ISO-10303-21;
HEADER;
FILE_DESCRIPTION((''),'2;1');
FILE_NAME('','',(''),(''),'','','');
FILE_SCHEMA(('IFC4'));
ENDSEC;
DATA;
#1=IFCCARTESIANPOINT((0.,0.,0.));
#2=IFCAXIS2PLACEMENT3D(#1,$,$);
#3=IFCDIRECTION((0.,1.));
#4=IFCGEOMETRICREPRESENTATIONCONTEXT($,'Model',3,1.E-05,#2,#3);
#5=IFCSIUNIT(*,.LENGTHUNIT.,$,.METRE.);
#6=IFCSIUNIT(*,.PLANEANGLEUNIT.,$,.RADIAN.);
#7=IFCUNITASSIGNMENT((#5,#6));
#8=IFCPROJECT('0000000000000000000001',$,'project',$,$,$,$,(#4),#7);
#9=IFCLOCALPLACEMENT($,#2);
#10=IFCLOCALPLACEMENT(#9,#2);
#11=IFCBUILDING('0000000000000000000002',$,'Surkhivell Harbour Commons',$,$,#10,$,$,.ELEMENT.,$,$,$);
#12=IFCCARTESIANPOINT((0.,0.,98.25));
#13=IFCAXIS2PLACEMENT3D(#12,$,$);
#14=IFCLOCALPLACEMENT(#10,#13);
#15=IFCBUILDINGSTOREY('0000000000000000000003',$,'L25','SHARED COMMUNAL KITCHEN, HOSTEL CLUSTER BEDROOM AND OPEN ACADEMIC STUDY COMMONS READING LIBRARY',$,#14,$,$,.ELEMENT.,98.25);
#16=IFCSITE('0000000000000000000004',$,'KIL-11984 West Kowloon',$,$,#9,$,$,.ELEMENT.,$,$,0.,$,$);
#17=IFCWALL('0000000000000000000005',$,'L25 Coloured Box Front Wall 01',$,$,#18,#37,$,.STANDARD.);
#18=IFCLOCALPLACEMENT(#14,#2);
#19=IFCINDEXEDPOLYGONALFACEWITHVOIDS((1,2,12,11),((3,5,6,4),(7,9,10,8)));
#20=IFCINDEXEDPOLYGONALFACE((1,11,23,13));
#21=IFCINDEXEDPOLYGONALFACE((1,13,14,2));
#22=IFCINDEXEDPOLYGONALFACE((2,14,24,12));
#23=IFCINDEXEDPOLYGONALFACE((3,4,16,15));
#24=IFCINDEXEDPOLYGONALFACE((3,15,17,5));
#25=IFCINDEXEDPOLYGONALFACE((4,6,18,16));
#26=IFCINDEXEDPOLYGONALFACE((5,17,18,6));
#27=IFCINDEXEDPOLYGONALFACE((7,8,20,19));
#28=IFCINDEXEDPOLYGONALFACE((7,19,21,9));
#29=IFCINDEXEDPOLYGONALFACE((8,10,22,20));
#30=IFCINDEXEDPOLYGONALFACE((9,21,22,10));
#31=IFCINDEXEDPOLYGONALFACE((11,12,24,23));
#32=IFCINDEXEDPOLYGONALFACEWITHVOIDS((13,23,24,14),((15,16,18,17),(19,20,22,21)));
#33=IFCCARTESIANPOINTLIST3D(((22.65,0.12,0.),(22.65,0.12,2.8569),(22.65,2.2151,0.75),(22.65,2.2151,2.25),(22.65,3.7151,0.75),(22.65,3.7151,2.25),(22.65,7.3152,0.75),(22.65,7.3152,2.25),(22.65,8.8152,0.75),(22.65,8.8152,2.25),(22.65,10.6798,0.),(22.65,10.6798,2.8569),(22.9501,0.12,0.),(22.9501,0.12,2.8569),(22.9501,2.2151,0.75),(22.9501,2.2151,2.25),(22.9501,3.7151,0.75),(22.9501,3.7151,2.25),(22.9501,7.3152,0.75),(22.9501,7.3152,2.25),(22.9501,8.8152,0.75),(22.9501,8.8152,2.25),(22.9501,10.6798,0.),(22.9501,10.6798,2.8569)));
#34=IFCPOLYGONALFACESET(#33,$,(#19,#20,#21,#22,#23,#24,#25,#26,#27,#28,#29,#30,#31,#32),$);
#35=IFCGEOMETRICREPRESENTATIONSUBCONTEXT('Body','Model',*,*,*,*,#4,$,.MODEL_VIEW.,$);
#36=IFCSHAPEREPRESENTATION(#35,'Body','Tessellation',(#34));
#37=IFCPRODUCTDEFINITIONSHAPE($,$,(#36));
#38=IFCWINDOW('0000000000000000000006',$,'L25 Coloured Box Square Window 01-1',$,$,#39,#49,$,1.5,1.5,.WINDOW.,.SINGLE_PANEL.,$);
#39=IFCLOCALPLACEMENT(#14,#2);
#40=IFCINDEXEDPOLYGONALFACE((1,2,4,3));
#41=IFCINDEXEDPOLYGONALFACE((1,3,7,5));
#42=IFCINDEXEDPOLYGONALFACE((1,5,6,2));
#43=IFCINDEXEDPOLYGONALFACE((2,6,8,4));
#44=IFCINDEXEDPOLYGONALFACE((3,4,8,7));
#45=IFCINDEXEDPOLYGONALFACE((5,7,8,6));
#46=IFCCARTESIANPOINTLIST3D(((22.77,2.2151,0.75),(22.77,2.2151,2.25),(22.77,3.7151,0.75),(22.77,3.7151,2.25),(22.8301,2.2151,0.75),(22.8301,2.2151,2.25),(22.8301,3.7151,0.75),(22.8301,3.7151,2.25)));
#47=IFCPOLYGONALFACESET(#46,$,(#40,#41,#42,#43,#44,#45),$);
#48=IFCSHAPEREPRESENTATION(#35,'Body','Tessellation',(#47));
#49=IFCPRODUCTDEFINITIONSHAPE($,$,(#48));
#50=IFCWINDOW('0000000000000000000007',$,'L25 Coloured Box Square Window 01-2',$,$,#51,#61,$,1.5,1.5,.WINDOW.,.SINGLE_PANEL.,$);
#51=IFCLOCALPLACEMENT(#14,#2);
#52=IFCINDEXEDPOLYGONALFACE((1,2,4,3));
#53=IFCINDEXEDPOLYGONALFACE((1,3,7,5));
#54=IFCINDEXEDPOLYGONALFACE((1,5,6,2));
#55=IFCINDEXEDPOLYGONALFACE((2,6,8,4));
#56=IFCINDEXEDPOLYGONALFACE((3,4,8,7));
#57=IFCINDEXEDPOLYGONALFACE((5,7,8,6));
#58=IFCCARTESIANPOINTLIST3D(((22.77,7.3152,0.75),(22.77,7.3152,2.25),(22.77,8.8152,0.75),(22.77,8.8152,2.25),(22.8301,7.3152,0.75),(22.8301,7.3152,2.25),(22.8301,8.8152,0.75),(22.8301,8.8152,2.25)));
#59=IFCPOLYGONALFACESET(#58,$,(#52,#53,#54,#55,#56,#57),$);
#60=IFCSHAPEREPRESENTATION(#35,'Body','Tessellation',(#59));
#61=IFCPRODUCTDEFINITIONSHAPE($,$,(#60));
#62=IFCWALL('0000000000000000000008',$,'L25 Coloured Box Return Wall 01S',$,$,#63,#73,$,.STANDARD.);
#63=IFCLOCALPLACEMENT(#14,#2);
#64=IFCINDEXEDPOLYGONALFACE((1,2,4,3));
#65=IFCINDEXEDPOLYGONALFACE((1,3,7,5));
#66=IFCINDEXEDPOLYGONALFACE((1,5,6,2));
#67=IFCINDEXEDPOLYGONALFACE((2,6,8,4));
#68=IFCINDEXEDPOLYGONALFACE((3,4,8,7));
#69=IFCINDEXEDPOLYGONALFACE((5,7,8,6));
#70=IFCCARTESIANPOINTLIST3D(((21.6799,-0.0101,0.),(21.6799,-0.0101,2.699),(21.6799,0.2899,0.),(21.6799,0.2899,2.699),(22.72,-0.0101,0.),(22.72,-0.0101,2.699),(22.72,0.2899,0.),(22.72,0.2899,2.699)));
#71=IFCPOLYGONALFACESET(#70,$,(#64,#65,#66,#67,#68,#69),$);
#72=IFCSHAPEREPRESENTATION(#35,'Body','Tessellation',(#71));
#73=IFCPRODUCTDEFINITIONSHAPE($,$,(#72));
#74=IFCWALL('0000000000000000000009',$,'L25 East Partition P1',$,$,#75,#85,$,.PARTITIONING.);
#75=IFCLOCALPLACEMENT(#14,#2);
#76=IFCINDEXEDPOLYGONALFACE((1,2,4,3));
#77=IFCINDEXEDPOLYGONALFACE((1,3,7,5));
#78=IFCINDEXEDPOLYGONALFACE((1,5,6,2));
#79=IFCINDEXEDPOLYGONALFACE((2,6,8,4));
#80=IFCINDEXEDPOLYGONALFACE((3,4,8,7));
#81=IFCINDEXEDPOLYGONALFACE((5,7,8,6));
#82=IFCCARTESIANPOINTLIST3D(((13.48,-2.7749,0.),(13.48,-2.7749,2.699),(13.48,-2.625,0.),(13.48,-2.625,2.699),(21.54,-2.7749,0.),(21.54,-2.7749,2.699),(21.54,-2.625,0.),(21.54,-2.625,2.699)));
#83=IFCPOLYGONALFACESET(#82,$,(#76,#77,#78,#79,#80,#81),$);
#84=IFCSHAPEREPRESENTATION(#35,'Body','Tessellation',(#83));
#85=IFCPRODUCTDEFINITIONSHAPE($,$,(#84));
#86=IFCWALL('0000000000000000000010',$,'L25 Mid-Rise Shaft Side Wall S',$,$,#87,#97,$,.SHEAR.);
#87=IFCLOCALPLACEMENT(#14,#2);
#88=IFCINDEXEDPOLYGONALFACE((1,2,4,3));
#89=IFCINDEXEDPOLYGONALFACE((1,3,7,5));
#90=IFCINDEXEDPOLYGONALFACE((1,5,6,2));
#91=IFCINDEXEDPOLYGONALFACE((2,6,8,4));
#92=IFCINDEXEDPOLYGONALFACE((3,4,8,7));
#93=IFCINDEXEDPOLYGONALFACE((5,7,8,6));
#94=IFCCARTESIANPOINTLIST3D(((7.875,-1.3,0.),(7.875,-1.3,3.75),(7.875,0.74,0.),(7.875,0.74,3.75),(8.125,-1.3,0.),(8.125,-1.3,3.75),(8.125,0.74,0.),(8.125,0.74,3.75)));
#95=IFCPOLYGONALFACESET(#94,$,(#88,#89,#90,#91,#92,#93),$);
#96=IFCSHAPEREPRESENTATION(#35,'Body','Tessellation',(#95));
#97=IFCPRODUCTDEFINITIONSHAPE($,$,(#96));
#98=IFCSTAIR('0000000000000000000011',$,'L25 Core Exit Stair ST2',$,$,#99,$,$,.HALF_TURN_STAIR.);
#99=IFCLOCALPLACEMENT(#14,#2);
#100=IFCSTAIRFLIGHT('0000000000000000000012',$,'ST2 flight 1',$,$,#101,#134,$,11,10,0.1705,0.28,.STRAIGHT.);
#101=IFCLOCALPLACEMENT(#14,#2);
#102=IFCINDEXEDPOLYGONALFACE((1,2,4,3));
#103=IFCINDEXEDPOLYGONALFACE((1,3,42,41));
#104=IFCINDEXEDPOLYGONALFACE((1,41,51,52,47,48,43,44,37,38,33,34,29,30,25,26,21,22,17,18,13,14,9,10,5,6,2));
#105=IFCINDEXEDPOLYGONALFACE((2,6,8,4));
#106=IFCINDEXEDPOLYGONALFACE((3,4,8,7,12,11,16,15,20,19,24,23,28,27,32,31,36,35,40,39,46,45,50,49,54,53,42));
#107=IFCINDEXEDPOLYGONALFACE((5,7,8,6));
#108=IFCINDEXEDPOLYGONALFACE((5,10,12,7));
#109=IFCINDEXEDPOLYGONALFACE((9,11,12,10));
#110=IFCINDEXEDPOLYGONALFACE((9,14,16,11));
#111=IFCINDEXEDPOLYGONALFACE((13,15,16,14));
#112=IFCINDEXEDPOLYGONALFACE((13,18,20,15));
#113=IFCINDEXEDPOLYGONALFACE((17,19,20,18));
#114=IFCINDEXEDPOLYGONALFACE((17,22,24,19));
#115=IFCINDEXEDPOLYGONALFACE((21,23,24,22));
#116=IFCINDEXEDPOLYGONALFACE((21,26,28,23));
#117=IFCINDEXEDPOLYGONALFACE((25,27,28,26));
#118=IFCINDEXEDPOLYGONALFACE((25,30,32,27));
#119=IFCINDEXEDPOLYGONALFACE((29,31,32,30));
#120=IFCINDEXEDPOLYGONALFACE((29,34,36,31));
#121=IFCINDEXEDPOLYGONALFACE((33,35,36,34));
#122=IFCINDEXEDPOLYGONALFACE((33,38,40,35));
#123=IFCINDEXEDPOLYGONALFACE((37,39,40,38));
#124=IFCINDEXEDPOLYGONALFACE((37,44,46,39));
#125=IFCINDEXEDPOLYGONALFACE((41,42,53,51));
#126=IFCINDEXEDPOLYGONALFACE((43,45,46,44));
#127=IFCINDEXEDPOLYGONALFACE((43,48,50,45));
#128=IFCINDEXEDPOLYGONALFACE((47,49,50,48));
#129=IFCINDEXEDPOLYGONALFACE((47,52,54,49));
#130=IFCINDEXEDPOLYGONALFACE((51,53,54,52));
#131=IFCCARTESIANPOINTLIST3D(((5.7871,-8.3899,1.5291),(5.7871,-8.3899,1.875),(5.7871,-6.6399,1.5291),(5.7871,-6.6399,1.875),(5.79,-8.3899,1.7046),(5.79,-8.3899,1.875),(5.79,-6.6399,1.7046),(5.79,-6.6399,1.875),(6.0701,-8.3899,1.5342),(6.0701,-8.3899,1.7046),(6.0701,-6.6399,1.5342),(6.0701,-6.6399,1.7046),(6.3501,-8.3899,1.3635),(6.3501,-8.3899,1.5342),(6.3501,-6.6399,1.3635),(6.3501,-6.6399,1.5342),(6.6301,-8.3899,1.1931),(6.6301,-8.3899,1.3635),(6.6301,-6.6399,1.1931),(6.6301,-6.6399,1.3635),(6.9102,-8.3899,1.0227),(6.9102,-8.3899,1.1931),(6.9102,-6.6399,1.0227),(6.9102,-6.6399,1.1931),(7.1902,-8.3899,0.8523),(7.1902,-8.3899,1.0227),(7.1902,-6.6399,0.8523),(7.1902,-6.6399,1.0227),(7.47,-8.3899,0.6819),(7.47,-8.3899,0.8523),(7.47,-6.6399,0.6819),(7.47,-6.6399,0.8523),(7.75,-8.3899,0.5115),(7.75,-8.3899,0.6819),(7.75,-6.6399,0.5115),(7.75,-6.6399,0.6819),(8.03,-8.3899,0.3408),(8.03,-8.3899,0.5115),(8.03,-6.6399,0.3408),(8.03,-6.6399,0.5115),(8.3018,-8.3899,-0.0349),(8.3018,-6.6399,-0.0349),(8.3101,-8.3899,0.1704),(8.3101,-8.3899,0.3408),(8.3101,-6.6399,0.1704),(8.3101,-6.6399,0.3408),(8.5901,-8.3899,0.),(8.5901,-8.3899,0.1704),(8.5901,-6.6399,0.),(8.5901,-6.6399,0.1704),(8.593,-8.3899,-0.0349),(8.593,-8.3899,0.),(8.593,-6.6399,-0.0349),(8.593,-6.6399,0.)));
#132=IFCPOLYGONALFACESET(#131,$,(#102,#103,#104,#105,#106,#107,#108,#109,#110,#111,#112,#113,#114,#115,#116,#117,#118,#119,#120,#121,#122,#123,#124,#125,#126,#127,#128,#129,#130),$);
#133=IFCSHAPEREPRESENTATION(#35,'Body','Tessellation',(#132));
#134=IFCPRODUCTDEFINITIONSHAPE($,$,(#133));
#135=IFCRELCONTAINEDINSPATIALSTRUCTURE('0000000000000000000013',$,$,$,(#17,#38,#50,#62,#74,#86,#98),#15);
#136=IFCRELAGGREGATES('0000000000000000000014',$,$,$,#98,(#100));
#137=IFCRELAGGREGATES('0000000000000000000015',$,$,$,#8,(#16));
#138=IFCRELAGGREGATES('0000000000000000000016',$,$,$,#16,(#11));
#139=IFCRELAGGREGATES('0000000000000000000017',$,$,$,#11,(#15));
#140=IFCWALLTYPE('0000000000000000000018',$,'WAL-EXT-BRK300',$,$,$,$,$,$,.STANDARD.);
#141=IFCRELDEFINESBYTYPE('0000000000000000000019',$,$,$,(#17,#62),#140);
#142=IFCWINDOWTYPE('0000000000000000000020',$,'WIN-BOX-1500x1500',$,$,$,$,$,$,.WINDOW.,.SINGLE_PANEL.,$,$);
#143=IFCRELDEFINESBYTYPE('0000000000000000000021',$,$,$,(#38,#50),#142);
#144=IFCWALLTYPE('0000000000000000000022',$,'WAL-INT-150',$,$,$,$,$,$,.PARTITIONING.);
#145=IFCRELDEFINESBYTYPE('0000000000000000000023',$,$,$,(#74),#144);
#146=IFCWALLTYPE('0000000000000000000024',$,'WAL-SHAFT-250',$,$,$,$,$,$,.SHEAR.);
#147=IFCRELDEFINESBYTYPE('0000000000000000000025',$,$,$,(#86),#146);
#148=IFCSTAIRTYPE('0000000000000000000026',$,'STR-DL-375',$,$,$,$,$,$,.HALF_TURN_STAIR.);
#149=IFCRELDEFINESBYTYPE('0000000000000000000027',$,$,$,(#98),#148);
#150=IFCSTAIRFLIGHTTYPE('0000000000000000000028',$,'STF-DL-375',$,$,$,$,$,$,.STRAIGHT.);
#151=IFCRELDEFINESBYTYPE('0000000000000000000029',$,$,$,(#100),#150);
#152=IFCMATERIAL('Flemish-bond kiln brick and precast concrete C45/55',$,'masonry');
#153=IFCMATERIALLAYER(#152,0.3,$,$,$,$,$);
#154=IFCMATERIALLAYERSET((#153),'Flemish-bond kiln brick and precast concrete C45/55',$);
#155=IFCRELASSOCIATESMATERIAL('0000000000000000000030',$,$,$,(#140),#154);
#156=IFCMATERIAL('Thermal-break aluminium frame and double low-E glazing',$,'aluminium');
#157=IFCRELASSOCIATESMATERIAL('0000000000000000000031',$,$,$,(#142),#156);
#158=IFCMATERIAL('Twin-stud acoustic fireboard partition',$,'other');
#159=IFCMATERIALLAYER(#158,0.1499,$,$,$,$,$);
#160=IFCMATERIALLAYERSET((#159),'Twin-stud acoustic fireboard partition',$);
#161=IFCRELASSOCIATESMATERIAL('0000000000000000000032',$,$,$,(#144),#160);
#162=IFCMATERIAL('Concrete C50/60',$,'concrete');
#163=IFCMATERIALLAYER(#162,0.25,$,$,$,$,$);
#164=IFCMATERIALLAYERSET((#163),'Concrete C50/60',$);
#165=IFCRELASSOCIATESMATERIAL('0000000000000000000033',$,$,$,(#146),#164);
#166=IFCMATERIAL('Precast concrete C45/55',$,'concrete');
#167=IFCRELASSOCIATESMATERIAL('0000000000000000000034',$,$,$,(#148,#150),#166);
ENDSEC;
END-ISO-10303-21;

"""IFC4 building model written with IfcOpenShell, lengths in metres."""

from ifc_helpers import new_model, si_unit, direction, frame, frame_2d, origin, place, context, subcontext, project, spatial, polyline, rectangle, outline, extrude, material, layer, layer_set, type_object, element, fill, aggregate, save


model = new_model("IFC4")

# Units and contexts
model_context = context("Model", 3, precision=1e-05, world=origin(), true_north=direction((0.0, 1.0)))
body_context = subcontext(model_context, "Body", "Model", "MODEL_VIEW")
ifc_project = project(units=[si_unit("LENGTHUNIT", "METRE"), si_unit("PLANEANGLEUNIT", "RADIAN")], contexts=[model_context])

# Site, building, storey
site_placement = place(None, origin())
site = spatial("IfcSite", under=ifc_project, at=site_placement, Name="KIL-11984 West Kowloon", CompositionType="ELEMENT", RefElevation=0.0)
building_placement = place(site_placement, origin())
building = spatial("IfcBuilding", under=site, at=building_placement, Name="Surkhivell Harbour Commons", CompositionType="ELEMENT")
storey_placement = place(building_placement, frame((0.0, 0.0, 98.25)))
storey = spatial("IfcBuildingStorey", under=building, at=storey_placement, Name="L25", Description="SHARED COMMUNAL KITCHEN, HOSTEL CLUSTER BEDROOM AND OPEN ACADEMIC STUDY COMMONS READING LIBRARY", CompositionType="ELEMENT", Elevation=98.25)

# Wall, openings, windows
ifc_material_1 = material(Name="Flemish-bond kiln brick and precast concrete C45/55", Category="masonry")
ifc_layer_1 = layer(ifc_material_1, 0.3)
ifc_layer_set_1 = layer_set([ifc_layer_1], Name="Flemish-bond kiln brick and precast concrete C45/55")
wall_type_1 = type_object("IfcWallType", Name="WAL-EXT-BRK300", PredefinedType="STANDARD", material=ifc_layer_set_1)
wall_1_placement = place(storey_placement, frame((22.8, 0.1201, 0.0), z_axis=(0.0, 0.0, 1.0), x_axis=(0.0, 1.0, 0.0)))
wall_1 = element("IfcWall", 1, at=wall_1_placement, inside=storey, type_object=wall_type_1, Name="L25 Coloured Box Front Wall 01", PredefinedType="STANDARD", context=body_context, shape_type="SweptSolid", body=[
    extrude(rectangle(XDim=10.5598, YDim=0.3, at=frame_2d((5.2798, 0.0))), origin(), (0.0, 0.0, 1.0), 2.8569),
])
opening_1_placement = place(wall_1_placement, frame((2.095, 0.0, 0.75)))
opening_1 = element("IfcOpeningElement", 2, at=opening_1_placement, cuts=wall_1, PredefinedType="OPENING", context=body_context, shape_type="SweptSolid", body=[
    extrude(rectangle(XDim=1.5, YDim=1.5, at=frame_2d((0.75, 0.75))), frame((0.0, 0.1599, 0.0), z_axis=(0.0, -1.0, 0.0), x_axis=(1.0, 0.0, 0.0)), (0.0, 0.0, 1.0), 0.3201),
])
opening_2_placement = place(wall_1_placement, frame((7.1951, 0.0, 0.75)))
opening_2 = element("IfcOpeningElement", 3, at=opening_2_placement, cuts=wall_1, PredefinedType="OPENING", context=body_context, shape_type="SweptSolid", body=[
    extrude(rectangle(XDim=1.5, YDim=1.5, at=frame_2d((0.75, 0.75))), frame((0.0, 0.1599, 0.0), z_axis=(0.0, -1.0, 0.0), x_axis=(1.0, 0.0, 0.0)), (0.0, 0.0, 1.0), 0.3201),
])
ifc_material_2 = material(Name="Thermal-break aluminium frame and double low-E glazing", Category="aluminium")
window_type = type_object("IfcWindowType", Name="WIN-BOX-1500x1500", PartitioningType="SINGLE_PANEL", PredefinedType="WINDOW", material=ifc_material_2)
window_1_placement = place(opening_1_placement, origin())
window_1 = element("IfcWindow", 4, at=window_1_placement, inside=storey, type_object=window_type, Name="L25 Coloured Box Square Window 01-1", OverallHeight=1.5, OverallWidth=1.5, PartitioningType="SINGLE_PANEL", PredefinedType="WINDOW", context=body_context, shape_type="SweptSolid", body=[
    extrude(rectangle(XDim=1.5, YDim=1.5, at=frame_2d((0.75, 0.75))), frame((0.0, 0.03, 0.0), z_axis=(0.0, -1.0, 0.0), x_axis=(1.0, 0.0, 0.0)), (0.0, 0.0, 1.0), 0.0601),
])
fill(opening_1, window_1)
window_2_placement = place(opening_2_placement, origin())
window_2 = element("IfcWindow", 5, at=window_2_placement, inside=storey, type_object=window_type, Name="L25 Coloured Box Square Window 01-2", OverallHeight=1.5, OverallWidth=1.5, PartitioningType="SINGLE_PANEL", PredefinedType="WINDOW", context=body_context, shape_type="SweptSolid", body=[
    extrude(rectangle(XDim=1.5, YDim=1.5, at=frame_2d((0.75, 0.75))), frame((0.0, 0.03, 0.0), z_axis=(0.0, -1.0, 0.0), x_axis=(1.0, 0.0, 0.0)), (0.0, 0.0, 1.0), 0.0601),
])
fill(opening_2, window_2)

# Walls
wall_2_placement = place(storey_placement, frame((21.6799, 0.1399, 0.0), z_axis=(0.0, 0.0, 1.0), x_axis=(1.0, 0.0, 0.0)))
element("IfcWall", 6, at=wall_2_placement, inside=storey, type_object=wall_type_1, Name="L25 Coloured Box Return Wall 01S", PredefinedType="STANDARD", context=body_context, shape_type="SweptSolid", body=[
    extrude(rectangle(XDim=1.04, YDim=0.3, at=frame_2d((0.52, 0.0))), origin(), (0.0, 0.0, 1.0), 2.699),
])
ifc_material_3 = material(Name="Twin-stud acoustic fireboard partition", Category="other")
ifc_layer_2 = layer(ifc_material_3, 0.1499)
ifc_layer_set_2 = layer_set([ifc_layer_2], Name="Twin-stud acoustic fireboard partition")
wall_type_2 = type_object("IfcWallType", Name="WAL-INT-150", PredefinedType="PARTITIONING", material=ifc_layer_set_2)
wall_3_placement = place(storey_placement, frame((13.48, -2.7, 0.0), z_axis=(0.0, 0.0, 1.0), x_axis=(1.0, 0.0, 0.0)))
element("IfcWall", 7, at=wall_3_placement, inside=storey, type_object=wall_type_2, Name="L25 East Partition P1", PredefinedType="PARTITIONING", context=body_context, shape_type="SweptSolid", body=[
    extrude(rectangle(XDim=8.0601, YDim=0.1499, at=frame_2d((4.03, 0.0))), origin(), (0.0, 0.0, 1.0), 2.699),
])
ifc_material_4 = material(Name="Concrete C50/60", Category="concrete")
ifc_layer_3 = layer(ifc_material_4, 0.25)
ifc_layer_set_3 = layer_set([ifc_layer_3], Name="Concrete C50/60")
wall_type_3 = type_object("IfcWallType", Name="WAL-SHAFT-250", PredefinedType="SHEAR", material=ifc_layer_set_3)
wall_4_placement = place(storey_placement, frame((8.0, -1.3, 0.0), z_axis=(0.0, 0.0, 1.0), x_axis=(0.0, 1.0, 0.0)))
element("IfcWall", 8, at=wall_4_placement, inside=storey, type_object=wall_type_3, Name="L25 Mid-Rise Shaft Side Wall S", PredefinedType="SHEAR", context=body_context, shape_type="SweptSolid", body=[
    extrude(rectangle(XDim=2.04, YDim=0.25, at=frame_2d((1.02, 0.0))), origin(), (0.0, 0.0, 1.0), 3.75),
])

# Stair, stair flight
ifc_material_5 = material(Name="Precast concrete C45/55", Category="concrete")
stair_type = type_object("IfcStairType", Name="STR-DL-375", PredefinedType="HALF_TURN_STAIR", material=ifc_material_5)
stair_placement = place(storey_placement, origin())
stair = element("IfcStair", 9, at=stair_placement, inside=storey, type_object=stair_type, Name="L25 Core Exit Stair ST2", PredefinedType="HALF_TURN_STAIR")
stair_flight_type = type_object("IfcStairFlightType", Name="STF-DL-375", PredefinedType="STRAIGHT", material=ifc_material_5)
stair_flight_placement = place(storey_placement, frame((8.5901, -7.5149, 0.0), z_axis=(0.0, 0.0, 1.0), x_axis=(-1.0, 0.0, 0.0)))
stair_flight = element("IfcStairFlight", 10, at=stair_flight_placement, type_object=stair_flight_type, Name="ST2 flight 1", NumberOfRisers=11, NumberOfTreads=10, PredefinedType="STRAIGHT", RiserHeight=0.1705, TreadLength=0.28, context=body_context, shape_type="SweptSolid", body=[
    extrude(outline(polyline([(-0.0029, -0.0349), (-0.0029, 0.0), (0.0, 0.0), (0.0, 0.1704), (0.28, 0.1704), (0.28, 0.3408), (0.5601, 0.3408), (0.5601, 0.5115), (0.8401, 0.5115), (0.8401, 0.6819), (1.1201, 0.6819), (1.1201, 0.8523), (1.3999, 0.8523), (1.3999, 1.0227), (1.6799, 1.0227), (1.6799, 1.1931), (1.96, 1.1931), (1.96, 1.3635), (2.24, 1.3635), (2.24, 1.5342), (2.52, 1.5342), (2.52, 1.7046), (2.8, 1.7046), (2.8, 1.875), (2.803, 1.875), (2.803, 1.5291), (0.2883, -0.0349), (-0.0029, -0.0349)])), frame((0.0, 0.875, 0.0), z_axis=(0.0, -1.0, 0.0), x_axis=(1.0, 0.0, 0.0)), (0.0, 0.0, 1.0), 1.75),
])
aggregate(stair, [stair_flight])

save(model, "model.ifc")
